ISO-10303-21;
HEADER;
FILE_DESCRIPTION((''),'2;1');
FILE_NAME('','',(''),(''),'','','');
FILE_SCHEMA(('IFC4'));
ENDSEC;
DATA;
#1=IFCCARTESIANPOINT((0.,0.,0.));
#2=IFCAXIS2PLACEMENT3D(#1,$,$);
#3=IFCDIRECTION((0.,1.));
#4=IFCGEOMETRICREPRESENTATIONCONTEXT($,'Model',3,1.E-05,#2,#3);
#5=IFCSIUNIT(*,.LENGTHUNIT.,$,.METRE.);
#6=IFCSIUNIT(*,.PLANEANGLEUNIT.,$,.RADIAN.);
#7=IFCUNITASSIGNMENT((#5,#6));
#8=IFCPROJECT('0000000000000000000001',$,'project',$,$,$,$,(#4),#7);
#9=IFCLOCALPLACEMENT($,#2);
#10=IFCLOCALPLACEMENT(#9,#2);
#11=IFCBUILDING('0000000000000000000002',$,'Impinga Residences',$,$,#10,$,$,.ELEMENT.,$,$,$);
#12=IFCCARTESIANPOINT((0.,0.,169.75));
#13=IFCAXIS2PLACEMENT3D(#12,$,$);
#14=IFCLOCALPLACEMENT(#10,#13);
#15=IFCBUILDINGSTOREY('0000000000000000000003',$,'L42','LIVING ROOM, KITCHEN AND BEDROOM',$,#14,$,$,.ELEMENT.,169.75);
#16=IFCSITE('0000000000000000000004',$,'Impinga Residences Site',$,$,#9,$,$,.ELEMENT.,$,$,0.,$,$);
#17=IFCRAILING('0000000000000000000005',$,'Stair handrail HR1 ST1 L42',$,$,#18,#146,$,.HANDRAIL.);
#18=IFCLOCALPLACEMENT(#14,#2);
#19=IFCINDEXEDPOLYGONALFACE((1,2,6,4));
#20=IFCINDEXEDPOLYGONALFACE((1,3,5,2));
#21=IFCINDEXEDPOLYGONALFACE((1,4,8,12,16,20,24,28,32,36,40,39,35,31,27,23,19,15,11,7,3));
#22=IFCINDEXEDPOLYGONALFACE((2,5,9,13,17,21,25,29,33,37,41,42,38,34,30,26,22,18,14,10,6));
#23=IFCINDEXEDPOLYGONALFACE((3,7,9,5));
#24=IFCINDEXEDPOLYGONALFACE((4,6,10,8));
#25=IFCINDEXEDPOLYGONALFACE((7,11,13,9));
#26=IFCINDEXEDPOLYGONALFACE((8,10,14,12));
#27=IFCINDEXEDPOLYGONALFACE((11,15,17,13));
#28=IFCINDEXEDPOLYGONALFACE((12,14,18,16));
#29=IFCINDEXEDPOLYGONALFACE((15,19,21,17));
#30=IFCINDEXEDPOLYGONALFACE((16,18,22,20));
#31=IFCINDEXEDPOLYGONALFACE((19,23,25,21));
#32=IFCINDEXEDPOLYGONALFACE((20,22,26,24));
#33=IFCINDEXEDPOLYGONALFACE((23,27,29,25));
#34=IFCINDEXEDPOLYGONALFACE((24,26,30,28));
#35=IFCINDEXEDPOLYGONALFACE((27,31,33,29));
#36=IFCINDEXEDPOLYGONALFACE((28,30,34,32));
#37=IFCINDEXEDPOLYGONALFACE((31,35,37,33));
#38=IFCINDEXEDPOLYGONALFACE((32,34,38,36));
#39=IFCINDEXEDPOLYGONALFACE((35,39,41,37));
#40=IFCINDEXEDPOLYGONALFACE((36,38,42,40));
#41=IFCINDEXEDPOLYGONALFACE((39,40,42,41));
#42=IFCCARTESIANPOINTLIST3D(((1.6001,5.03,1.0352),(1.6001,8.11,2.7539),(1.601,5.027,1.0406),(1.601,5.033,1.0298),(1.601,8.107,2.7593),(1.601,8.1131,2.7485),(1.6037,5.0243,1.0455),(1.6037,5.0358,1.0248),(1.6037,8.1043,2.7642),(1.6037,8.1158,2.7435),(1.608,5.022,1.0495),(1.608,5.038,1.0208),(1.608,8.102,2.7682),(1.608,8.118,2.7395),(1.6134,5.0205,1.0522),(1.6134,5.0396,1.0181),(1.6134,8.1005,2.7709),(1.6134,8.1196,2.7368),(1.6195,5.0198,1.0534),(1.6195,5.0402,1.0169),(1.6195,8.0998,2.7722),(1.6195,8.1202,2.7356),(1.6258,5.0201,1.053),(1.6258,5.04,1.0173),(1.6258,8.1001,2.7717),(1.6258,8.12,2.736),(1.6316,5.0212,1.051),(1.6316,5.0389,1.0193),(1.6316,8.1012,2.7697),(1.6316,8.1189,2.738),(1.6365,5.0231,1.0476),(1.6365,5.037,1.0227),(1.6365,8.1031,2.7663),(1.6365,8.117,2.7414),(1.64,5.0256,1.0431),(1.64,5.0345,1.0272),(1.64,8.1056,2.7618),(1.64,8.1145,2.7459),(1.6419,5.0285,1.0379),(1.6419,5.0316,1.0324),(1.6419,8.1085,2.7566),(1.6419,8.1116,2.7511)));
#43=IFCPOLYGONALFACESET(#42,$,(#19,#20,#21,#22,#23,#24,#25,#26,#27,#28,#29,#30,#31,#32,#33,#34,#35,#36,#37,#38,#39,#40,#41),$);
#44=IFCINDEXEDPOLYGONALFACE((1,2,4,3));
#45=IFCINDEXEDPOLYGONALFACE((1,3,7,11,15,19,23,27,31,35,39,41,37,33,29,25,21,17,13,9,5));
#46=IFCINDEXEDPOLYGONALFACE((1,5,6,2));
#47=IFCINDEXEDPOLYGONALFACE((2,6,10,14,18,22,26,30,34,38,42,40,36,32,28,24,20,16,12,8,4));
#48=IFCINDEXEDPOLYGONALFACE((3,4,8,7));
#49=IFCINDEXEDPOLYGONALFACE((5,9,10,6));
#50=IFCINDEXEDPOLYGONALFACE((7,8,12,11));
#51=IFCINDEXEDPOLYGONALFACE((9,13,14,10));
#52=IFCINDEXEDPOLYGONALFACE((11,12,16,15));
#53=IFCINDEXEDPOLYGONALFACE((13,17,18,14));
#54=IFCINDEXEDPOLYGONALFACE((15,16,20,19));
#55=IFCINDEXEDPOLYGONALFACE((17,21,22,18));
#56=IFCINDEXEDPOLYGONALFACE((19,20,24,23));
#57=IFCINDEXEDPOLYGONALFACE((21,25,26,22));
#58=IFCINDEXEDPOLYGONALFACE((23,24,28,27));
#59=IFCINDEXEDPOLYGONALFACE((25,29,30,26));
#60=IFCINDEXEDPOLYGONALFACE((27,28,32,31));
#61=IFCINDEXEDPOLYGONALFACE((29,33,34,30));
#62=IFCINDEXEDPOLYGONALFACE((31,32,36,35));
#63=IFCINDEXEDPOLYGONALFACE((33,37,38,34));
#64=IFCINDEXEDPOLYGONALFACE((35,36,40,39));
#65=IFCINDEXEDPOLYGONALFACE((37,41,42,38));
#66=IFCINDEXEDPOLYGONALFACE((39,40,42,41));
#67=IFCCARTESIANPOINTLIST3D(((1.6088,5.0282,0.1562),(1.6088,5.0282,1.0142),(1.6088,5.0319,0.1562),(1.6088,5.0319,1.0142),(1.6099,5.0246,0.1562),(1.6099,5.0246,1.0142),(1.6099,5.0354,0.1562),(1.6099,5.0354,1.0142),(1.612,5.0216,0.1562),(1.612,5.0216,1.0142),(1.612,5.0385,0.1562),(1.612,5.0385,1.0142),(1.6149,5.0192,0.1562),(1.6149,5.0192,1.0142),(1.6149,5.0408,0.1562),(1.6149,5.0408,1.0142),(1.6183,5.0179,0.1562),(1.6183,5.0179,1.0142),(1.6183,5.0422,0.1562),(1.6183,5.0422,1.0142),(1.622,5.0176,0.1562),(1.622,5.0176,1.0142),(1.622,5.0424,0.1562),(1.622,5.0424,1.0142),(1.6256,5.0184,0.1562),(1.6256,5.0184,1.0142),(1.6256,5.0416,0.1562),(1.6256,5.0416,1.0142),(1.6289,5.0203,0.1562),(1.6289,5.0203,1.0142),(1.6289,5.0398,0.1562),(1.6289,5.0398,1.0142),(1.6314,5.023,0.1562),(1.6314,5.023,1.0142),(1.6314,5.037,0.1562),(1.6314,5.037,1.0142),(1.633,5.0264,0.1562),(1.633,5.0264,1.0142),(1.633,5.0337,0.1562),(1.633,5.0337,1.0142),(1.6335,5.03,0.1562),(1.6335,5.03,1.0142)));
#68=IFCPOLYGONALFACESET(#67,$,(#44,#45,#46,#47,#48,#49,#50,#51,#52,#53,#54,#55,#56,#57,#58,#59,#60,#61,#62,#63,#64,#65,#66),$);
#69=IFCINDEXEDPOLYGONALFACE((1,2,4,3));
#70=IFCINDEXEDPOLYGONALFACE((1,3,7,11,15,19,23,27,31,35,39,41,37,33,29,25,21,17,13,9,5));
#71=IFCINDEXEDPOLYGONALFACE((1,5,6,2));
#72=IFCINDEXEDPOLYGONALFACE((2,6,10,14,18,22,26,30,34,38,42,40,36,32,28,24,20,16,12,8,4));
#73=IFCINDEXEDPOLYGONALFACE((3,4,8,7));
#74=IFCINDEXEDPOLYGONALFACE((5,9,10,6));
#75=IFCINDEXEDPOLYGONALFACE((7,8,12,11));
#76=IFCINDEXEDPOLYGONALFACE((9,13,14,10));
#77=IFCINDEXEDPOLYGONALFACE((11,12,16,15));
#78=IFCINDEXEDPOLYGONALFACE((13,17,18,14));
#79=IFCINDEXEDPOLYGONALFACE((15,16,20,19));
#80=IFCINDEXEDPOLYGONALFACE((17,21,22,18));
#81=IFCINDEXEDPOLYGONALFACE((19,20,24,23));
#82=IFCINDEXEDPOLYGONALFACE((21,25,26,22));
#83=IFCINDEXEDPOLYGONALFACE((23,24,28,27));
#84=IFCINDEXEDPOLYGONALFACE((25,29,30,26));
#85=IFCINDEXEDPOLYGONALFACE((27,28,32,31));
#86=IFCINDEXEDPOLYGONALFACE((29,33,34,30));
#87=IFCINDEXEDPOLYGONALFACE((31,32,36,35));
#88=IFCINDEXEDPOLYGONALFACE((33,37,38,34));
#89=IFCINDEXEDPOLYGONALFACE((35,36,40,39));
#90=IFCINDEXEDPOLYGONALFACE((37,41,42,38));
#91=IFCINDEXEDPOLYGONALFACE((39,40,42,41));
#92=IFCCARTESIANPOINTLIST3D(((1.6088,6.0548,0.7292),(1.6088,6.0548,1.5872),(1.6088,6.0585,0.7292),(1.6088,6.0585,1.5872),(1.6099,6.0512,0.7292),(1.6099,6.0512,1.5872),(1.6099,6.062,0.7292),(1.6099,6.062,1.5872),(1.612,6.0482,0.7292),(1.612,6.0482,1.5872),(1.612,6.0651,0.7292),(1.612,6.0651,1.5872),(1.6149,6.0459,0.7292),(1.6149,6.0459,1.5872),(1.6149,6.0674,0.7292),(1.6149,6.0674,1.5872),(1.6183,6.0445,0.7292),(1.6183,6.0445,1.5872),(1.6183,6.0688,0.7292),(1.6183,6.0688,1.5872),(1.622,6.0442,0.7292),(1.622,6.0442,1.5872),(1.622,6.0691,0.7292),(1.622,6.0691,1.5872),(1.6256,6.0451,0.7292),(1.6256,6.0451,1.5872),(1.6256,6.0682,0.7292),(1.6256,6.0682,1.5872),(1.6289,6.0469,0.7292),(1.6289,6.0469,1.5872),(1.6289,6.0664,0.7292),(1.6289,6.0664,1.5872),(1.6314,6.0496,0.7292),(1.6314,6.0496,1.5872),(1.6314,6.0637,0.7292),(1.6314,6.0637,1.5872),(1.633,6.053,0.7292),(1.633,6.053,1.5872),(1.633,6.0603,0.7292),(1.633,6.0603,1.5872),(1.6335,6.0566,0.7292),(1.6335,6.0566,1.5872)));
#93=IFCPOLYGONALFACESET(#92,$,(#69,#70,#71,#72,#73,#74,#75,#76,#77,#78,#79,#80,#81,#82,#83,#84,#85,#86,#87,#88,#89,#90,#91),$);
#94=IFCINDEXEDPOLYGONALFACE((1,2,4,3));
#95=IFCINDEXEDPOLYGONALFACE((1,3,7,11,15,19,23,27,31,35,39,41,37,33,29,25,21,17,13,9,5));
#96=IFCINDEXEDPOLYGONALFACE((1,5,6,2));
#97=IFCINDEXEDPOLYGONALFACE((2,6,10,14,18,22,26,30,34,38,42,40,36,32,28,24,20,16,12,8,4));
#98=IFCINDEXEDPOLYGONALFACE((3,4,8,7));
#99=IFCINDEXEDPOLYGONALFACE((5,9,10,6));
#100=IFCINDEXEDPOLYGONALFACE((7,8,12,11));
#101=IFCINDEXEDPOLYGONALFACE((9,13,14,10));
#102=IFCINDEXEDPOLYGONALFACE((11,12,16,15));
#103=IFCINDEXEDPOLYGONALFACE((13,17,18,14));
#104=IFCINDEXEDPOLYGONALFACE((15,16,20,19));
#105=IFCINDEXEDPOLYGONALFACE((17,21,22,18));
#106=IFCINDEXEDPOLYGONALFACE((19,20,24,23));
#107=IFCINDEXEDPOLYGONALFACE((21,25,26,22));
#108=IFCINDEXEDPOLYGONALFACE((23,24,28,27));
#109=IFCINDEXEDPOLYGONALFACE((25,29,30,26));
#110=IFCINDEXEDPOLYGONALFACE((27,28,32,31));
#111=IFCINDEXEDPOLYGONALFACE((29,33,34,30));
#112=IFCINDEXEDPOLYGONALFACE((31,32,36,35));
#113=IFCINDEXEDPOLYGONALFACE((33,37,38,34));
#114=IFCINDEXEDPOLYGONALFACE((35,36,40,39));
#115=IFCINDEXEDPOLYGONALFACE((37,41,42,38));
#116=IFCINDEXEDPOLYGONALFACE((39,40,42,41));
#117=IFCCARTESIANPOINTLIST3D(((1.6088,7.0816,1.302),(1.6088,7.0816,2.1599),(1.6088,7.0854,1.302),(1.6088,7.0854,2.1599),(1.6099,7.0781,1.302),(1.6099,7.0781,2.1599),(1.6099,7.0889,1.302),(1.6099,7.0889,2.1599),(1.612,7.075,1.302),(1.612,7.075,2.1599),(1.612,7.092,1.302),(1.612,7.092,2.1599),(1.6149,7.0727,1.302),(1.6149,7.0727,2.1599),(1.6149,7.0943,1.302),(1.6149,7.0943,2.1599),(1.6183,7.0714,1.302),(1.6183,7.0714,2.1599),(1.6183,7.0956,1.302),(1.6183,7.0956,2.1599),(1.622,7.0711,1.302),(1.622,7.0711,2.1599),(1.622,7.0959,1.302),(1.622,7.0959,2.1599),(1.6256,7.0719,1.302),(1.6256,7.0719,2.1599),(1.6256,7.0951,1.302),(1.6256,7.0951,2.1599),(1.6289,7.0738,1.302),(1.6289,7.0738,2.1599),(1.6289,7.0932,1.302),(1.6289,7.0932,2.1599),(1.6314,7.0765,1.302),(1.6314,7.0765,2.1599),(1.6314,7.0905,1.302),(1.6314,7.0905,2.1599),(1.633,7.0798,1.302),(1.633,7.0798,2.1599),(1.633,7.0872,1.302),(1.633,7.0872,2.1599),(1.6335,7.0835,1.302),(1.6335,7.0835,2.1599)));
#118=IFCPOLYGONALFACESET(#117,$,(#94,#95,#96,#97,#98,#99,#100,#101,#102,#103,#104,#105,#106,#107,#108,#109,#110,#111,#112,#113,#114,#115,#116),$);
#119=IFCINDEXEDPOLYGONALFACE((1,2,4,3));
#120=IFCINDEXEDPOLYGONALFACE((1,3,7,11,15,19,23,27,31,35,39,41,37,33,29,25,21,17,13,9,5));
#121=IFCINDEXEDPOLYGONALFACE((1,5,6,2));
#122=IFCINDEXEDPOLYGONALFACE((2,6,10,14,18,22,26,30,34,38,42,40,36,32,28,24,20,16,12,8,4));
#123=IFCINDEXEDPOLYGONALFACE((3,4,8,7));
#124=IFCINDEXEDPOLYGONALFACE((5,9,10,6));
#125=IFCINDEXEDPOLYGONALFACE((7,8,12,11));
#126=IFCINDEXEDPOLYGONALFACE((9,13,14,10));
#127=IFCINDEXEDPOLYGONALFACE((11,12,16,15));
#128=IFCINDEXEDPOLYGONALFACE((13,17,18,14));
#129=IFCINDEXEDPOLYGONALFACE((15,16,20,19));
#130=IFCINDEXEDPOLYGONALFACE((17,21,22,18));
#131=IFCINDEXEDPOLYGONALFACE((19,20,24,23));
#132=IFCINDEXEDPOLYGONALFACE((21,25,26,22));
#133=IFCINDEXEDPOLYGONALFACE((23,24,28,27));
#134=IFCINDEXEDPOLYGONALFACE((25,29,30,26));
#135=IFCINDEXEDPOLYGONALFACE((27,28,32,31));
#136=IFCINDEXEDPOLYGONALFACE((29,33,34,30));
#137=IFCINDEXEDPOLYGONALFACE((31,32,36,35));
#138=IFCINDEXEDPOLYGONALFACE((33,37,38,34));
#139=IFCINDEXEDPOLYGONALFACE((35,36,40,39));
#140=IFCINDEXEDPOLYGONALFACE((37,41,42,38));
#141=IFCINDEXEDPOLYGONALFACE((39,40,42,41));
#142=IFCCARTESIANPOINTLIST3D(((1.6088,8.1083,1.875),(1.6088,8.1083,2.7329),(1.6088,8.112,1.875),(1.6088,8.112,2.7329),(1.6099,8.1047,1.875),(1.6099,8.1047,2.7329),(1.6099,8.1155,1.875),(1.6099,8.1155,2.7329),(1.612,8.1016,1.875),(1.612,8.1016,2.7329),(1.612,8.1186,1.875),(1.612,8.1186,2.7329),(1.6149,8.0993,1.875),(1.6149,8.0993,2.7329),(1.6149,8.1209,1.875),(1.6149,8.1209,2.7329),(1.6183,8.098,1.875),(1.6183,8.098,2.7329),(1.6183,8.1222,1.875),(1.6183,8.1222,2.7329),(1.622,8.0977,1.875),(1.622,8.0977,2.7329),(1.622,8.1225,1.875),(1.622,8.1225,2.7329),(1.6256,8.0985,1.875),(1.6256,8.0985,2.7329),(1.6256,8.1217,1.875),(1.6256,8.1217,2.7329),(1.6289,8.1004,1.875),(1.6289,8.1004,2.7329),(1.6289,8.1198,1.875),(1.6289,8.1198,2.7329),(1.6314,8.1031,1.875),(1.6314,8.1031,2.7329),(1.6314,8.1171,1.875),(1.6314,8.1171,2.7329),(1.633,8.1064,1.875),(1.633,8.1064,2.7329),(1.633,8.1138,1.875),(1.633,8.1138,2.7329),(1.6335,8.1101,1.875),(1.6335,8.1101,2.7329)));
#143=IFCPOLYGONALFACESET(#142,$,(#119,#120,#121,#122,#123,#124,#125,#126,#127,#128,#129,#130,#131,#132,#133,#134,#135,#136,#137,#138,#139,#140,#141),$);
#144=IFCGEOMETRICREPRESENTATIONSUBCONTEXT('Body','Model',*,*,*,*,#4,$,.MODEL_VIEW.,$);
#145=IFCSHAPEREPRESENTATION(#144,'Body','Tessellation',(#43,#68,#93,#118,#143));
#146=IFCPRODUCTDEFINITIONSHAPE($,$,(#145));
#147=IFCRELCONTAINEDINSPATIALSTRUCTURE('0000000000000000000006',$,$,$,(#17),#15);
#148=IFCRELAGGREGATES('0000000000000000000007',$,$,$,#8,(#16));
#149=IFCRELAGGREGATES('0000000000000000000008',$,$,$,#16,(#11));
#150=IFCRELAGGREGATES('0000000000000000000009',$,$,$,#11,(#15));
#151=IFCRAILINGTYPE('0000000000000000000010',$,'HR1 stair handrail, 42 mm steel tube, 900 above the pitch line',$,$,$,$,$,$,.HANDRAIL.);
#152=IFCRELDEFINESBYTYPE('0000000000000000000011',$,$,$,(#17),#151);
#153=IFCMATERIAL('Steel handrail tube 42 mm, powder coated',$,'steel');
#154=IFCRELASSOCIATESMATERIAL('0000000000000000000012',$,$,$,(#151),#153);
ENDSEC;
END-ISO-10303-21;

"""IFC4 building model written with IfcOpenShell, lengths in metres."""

from ifc_helpers import new_model, si_unit, direction, frame, origin, origin_2d, place, context, subcontext, project, spatial, circle, extrude, material, type_object, element, save


model = new_model("IFC4")

# Units and contexts
model_context = context("Model", 3, precision=1e-05, world=origin(), true_north=direction((0.0, 1.0)))
body_context = subcontext(model_context, "Body", "Model", "MODEL_VIEW")
ifc_project = project(units=[si_unit("LENGTHUNIT", "METRE"), si_unit("PLANEANGLEUNIT", "RADIAN")], contexts=[model_context])

# Site, building, storey
site_placement = place(None, origin())
site = spatial("IfcSite", under=ifc_project, at=site_placement, Name="Impinga Residences Site", CompositionType="ELEMENT", RefElevation=0.0)
building_placement = place(site_placement, origin())
building = spatial("IfcBuilding", under=site, at=building_placement, Name="Impinga Residences", CompositionType="ELEMENT")
storey_placement = place(building_placement, frame((0.0, 0.0, 169.75)))
storey = spatial("IfcBuildingStorey", under=building, at=storey_placement, Name="L42", Description="LIVING ROOM, KITCHEN AND BEDROOM", CompositionType="ELEMENT", Elevation=169.75)

# Railing
ifc_material_1 = material(Name="Steel handrail tube 42 mm, powder coated", Category="steel")
railing_type_1 = type_object("IfcRailingType", Name="HR1 stair handrail, 42 mm steel tube, 900 above the pitch line", PredefinedType="HANDRAIL", material=ifc_material_1)
railing_1_placement = place(storey_placement, frame((1.6211, 5.03, 0.1562)))
element("IfcRailing", 1, at=railing_1_placement, inside=storey, type_object=railing_type_1, Name="Stair handrail HR1 ST1 L42", PredefinedType="HANDRAIL", context=body_context, shape_type="SweptSolid", body=[
    extrude(circle(Radius=0.021, at=origin_2d()), frame((0.0, 0.0, 0.8789), z_axis=(0.0, 0.873242, 0.487288), x_axis=(-1.0, 0.0, 0.0)), (0.0, 0.0, 1.0), 3.5271),
    extrude(circle(Radius=0.0125, at=origin_2d()), origin(), (0.0, 0.0, 1.0), 0.8579),
    extrude(circle(Radius=0.0125, at=origin_2d()), frame((0.0, 1.0266, 0.573)), (0.0, 0.0, 1.0), 0.8579),
    extrude(circle(Radius=0.0125, at=origin_2d()), frame((0.0, 2.0535, 1.1458)), (0.0, 0.0, 1.0), 0.8579),
    extrude(circle(Radius=0.0125, at=origin_2d()), frame((0.0, 3.0801, 1.7188)), (0.0, 0.0, 1.0), 0.8579),
])

save(model, "model.ifc")
